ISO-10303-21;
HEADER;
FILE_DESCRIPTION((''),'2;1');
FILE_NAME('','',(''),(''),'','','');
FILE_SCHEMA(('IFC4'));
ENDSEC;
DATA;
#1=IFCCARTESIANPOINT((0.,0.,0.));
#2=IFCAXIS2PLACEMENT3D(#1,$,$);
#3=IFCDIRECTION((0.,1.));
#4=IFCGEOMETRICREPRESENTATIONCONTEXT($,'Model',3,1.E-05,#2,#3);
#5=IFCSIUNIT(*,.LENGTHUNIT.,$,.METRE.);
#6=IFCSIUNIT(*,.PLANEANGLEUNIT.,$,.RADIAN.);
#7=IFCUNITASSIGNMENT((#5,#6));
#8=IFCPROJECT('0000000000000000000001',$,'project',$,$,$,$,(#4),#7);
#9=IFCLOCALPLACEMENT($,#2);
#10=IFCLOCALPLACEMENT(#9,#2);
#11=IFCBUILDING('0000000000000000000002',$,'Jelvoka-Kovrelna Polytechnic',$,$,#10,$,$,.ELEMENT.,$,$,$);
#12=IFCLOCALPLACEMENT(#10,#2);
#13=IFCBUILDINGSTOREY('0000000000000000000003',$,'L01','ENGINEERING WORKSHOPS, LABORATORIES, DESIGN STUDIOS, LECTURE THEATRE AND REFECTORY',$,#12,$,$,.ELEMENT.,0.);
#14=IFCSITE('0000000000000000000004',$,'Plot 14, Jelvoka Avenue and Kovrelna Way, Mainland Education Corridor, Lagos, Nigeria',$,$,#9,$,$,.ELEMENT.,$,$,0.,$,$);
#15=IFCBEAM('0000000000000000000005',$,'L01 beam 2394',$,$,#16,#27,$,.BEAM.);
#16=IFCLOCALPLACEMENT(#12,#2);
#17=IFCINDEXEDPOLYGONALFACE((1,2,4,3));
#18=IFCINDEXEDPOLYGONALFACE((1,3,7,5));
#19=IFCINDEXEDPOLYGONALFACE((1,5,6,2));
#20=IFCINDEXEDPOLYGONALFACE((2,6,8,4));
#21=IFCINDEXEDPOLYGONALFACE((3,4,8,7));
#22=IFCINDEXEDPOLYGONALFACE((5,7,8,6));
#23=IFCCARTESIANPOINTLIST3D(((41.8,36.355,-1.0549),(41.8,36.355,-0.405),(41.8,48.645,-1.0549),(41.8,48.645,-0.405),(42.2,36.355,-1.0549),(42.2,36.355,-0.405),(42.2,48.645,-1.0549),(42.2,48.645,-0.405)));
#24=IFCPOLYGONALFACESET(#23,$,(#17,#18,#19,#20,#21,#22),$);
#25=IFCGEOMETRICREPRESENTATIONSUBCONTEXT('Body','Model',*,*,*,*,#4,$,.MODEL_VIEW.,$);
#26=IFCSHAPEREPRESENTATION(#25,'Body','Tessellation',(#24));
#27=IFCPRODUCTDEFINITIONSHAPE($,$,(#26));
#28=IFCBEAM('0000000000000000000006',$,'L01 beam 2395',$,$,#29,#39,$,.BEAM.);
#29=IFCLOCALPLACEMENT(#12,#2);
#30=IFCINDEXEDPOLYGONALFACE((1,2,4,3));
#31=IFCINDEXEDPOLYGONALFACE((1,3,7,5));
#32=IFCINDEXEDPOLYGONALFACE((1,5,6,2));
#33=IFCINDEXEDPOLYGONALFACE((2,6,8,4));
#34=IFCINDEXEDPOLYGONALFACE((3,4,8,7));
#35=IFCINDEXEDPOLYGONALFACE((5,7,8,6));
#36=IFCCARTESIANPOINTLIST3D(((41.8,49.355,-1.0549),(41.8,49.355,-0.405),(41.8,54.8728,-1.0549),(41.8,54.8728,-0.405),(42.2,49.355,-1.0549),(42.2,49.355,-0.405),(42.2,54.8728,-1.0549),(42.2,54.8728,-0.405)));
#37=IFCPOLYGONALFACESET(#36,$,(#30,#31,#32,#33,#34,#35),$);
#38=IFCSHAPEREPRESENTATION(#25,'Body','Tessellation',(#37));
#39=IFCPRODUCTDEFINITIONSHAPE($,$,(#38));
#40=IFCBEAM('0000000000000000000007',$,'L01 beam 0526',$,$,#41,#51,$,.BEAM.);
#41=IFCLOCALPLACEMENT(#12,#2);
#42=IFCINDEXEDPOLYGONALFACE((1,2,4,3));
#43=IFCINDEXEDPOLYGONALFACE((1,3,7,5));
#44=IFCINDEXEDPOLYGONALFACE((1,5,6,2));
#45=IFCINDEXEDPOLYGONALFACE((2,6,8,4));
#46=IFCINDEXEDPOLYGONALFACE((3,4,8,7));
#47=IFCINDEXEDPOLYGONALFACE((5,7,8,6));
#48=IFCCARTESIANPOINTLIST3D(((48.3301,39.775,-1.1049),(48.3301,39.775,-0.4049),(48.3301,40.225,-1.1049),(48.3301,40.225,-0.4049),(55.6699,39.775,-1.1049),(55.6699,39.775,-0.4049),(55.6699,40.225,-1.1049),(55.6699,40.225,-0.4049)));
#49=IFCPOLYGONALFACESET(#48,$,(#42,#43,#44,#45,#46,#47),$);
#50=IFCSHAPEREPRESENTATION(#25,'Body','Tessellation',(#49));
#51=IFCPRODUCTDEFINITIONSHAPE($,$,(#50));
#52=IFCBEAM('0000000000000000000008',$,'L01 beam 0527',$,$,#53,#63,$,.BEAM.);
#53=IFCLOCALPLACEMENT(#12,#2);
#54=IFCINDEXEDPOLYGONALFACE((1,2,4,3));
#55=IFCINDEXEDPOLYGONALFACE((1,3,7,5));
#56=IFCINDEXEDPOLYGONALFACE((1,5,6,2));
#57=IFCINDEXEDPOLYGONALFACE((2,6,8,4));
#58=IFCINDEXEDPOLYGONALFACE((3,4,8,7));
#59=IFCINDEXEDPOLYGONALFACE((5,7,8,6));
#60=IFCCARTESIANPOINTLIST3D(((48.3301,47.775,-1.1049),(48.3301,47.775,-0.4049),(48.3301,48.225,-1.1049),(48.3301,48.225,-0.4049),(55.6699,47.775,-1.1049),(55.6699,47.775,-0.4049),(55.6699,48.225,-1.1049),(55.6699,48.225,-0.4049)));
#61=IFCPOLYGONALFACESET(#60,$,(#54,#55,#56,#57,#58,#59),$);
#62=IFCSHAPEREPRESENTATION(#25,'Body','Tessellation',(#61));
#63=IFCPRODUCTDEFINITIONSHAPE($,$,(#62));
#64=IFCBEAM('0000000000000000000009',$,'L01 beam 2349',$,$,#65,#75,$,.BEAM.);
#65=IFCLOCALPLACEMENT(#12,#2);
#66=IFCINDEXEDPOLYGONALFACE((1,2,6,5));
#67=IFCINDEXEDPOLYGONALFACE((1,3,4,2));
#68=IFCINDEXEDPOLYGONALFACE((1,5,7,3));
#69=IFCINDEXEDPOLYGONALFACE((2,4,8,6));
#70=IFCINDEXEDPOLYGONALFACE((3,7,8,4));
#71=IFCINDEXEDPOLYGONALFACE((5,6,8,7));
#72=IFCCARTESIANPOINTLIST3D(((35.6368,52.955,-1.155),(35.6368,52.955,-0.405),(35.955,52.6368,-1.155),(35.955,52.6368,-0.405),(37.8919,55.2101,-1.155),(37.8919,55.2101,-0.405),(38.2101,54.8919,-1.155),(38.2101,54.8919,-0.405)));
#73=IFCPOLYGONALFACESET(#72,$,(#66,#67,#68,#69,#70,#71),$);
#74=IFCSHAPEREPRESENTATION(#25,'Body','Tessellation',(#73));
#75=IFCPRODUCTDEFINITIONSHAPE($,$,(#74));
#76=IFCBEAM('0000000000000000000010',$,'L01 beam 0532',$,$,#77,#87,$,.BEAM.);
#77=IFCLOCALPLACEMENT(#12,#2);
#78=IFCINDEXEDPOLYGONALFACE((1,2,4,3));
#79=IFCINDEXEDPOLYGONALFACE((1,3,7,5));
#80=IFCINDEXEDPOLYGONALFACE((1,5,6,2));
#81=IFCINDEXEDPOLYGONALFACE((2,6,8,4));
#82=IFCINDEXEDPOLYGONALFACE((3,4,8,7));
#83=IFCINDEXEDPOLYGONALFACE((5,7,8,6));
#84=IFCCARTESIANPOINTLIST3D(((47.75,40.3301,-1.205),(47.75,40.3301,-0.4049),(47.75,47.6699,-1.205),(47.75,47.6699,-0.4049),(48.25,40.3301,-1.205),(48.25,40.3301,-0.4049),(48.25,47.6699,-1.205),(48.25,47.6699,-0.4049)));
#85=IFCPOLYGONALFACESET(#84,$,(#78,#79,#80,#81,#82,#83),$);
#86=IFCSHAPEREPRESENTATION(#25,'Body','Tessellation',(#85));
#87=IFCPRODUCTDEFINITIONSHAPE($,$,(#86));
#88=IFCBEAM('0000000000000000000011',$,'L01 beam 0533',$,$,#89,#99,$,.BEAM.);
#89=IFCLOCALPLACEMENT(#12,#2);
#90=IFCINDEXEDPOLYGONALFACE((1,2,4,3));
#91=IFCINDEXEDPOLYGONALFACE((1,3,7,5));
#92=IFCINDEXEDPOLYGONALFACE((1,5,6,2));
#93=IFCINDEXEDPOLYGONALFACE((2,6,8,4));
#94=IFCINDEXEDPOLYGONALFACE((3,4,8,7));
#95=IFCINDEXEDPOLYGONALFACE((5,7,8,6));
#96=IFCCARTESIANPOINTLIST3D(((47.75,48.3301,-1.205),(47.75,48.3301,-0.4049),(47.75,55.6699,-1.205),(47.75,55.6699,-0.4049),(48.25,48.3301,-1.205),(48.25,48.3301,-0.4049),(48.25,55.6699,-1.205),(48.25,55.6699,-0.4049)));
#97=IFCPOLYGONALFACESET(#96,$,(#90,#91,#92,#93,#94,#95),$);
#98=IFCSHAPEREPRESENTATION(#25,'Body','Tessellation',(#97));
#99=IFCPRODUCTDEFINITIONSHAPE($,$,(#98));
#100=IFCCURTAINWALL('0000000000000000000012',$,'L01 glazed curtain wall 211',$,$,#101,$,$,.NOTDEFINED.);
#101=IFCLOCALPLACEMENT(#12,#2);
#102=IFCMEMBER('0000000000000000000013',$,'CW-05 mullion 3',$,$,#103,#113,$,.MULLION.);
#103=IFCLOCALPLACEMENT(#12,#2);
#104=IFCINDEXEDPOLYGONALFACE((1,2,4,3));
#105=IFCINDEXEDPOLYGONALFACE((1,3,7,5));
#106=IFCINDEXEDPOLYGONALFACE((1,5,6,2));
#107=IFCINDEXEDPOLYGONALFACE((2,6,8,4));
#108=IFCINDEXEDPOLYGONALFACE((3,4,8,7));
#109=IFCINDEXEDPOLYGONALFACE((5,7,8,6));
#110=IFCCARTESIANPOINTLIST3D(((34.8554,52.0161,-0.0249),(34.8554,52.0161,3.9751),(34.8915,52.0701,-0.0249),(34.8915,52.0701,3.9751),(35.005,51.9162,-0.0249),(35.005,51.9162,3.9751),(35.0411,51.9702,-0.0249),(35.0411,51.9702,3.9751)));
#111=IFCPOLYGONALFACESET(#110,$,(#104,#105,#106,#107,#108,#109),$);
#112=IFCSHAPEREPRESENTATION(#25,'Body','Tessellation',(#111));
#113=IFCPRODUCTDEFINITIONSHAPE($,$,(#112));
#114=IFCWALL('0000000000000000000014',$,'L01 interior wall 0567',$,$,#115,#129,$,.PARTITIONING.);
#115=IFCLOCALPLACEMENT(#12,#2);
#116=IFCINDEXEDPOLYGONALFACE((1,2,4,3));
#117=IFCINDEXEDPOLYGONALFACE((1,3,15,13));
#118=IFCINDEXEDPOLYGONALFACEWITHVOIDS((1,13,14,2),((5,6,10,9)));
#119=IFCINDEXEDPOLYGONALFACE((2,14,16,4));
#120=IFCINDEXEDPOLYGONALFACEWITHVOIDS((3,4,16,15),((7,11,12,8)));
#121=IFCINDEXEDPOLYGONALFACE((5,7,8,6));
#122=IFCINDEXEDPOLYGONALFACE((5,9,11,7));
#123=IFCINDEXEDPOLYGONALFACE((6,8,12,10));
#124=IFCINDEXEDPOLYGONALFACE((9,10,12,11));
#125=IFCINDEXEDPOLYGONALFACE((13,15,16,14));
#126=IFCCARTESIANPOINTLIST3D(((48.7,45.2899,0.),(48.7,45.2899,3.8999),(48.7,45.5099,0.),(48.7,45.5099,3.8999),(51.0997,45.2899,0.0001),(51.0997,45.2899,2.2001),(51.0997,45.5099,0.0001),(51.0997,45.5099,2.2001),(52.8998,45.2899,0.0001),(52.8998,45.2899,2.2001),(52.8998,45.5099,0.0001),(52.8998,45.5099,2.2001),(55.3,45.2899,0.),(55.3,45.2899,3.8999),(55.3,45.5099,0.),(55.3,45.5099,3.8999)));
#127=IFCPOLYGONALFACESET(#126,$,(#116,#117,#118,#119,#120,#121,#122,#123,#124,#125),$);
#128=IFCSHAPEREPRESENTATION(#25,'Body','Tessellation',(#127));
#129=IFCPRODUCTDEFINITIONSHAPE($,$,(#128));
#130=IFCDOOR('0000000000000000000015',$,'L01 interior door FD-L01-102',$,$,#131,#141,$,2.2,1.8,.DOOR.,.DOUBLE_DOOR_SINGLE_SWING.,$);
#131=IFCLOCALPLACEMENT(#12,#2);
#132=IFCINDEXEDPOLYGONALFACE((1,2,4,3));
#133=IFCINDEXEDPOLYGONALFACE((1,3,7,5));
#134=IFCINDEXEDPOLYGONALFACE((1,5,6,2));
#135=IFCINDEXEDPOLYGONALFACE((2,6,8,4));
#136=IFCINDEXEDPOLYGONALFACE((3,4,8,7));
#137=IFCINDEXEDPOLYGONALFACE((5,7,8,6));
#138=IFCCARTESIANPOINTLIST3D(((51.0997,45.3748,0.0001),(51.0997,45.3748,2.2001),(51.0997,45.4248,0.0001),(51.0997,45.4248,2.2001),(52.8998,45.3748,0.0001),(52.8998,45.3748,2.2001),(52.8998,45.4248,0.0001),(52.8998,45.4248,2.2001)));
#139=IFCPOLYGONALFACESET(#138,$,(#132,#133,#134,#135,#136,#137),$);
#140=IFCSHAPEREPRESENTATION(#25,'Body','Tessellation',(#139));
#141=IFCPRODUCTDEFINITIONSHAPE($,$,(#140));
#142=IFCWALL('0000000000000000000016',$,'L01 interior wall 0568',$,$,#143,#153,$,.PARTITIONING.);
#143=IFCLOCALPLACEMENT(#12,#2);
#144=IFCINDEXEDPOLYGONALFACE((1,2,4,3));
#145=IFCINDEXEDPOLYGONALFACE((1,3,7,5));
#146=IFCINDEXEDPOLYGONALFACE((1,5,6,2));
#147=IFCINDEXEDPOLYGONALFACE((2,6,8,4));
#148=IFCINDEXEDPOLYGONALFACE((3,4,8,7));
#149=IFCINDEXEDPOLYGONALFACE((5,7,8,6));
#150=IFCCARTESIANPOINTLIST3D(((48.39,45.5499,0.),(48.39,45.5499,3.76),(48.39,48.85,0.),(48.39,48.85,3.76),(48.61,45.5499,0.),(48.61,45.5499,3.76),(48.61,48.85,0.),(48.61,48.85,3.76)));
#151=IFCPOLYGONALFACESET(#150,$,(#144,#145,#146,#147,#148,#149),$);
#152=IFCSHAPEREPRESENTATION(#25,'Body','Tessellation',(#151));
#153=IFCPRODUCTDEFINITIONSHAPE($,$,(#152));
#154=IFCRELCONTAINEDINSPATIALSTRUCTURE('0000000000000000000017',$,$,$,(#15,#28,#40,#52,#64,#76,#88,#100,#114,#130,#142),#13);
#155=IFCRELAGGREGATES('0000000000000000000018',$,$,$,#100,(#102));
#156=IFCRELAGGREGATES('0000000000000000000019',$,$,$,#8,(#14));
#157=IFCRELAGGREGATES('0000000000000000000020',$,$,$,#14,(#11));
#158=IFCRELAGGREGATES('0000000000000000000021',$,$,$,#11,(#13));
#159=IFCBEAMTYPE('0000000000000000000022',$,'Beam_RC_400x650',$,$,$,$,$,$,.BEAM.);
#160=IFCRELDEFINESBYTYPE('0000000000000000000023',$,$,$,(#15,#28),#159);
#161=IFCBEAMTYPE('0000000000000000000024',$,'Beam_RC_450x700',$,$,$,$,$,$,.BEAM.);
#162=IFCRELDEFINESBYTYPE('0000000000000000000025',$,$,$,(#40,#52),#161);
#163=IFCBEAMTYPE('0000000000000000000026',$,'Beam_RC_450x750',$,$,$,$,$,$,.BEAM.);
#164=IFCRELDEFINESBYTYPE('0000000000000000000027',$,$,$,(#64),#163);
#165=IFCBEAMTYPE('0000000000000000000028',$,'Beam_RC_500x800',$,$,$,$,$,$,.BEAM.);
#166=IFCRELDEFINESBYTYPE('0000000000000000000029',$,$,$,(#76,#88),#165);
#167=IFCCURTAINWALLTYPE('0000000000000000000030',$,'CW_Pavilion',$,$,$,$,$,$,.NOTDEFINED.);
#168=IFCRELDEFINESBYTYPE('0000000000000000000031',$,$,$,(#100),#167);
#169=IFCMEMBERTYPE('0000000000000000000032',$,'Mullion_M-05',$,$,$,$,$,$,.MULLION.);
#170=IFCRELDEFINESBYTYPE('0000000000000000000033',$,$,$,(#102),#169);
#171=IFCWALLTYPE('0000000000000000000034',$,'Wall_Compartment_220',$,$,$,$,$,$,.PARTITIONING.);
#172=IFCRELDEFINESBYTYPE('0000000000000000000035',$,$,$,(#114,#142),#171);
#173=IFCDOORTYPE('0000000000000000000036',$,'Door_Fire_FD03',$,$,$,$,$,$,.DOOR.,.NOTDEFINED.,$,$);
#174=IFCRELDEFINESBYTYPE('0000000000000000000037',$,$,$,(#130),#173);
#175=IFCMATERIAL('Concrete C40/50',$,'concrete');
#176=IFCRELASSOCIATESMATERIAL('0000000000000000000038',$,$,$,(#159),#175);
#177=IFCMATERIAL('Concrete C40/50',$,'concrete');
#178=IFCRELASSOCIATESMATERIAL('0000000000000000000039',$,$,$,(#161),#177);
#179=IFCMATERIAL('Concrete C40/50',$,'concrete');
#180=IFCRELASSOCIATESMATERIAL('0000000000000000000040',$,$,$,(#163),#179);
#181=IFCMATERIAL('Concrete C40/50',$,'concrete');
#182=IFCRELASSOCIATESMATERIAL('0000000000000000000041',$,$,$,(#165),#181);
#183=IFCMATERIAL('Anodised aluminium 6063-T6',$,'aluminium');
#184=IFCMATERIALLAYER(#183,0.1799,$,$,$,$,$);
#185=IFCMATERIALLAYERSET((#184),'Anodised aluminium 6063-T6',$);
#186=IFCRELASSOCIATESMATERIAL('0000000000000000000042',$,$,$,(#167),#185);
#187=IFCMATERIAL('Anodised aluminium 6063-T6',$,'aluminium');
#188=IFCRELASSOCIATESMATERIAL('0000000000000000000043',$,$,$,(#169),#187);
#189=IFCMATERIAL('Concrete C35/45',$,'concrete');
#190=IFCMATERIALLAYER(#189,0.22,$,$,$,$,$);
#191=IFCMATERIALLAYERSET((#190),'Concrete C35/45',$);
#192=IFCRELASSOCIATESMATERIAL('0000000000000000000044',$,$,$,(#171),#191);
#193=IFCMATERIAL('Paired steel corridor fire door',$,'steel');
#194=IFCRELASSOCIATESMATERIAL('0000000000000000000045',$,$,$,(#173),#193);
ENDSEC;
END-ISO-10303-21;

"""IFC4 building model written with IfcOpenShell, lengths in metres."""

from ifc_helpers import new_model, si_unit, direction, frame, frame_2d, origin, origin_2d, place, context, subcontext, project, spatial, rectangle, extrude, material, layer, layer_set, material_profile, profile_set, type_object, element, fill, aggregate, save


model = new_model("IFC4")

# Units and contexts
model_context = context("Model", 3, precision=1e-05, world=origin(), true_north=direction((0.0, 1.0)))
body_context = subcontext(model_context, "Body", "Model", "MODEL_VIEW")
ifc_project = project(units=[si_unit("LENGTHUNIT", "METRE"), si_unit("PLANEANGLEUNIT", "RADIAN")], contexts=[model_context])

# Site, building, storey
site_placement = place(None, origin())
site = spatial("IfcSite", under=ifc_project, at=site_placement, Name="Plot 14, Jelvoka Avenue and Kovrelna Way, Mainland Education Corridor, Lagos, Nigeria", CompositionType="ELEMENT", RefElevation=0.0)
building_placement = place(site_placement, origin())
building = spatial("IfcBuilding", under=site, at=building_placement, Name="Jelvoka-Kovrelna Polytechnic", CompositionType="ELEMENT")
storey_placement = place(building_placement, origin())
storey = spatial("IfcBuildingStorey", under=building, at=storey_placement, Name="L01", Description="ENGINEERING WORKSHOPS, LABORATORIES, DESIGN STUDIOS, LECTURE THEATRE AND REFECTORY", CompositionType="ELEMENT", Elevation=0.0)

# Beams
ifc_material_1 = material(Name="Concrete C40/50", Category="concrete")
ifc_material_profile_1 = material_profile(ifc_material_1, rectangle(XDim=0.3999, YDim=0.6499, at=origin_2d()), Name="RC 400x650")
ifc_profile_set_1 = profile_set([ifc_material_profile_1], Name="Concrete C40/50")
beam_type_1 = type_object("IfcBeamType", Name="Beam_RC_400x650", PredefinedType="BEAM", material=ifc_profile_set_1)
beam_1_placement = place(storey_placement, frame((42.0, 36.355, -0.73), z_axis=(0.0, 1.0, 0.0), x_axis=(-1.0, 0.0, 0.0)))
element("IfcBeam", 1, at=beam_1_placement, inside=storey, type_object=beam_type_1, Name="L01 beam 2394", PredefinedType="BEAM", context=body_context, shape_type="SweptSolid", body=[
    extrude(rectangle(XDim=0.3999, YDim=0.6499, at=origin_2d()), origin(), (0.0, 0.0, 1.0), 12.29),
])
beam_2_placement = place(storey_placement, frame((42.0, 49.355, -0.73), z_axis=(0.0, 1.0, 0.0), x_axis=(-1.0, 0.0, 0.0)))
element("IfcBeam", 2, at=beam_2_placement, inside=storey, type_object=beam_type_1, Name="L01 beam 2395", PredefinedType="BEAM", context=body_context, shape_type="SweptSolid", body=[
    extrude(rectangle(XDim=0.3999, YDim=0.6499, at=origin_2d()), origin(), (0.0, 0.0, 1.0), 5.5178),
])
ifc_material_2 = material(Name="Concrete C40/50", Category="concrete")
ifc_material_profile_2 = material_profile(ifc_material_2, rectangle(XDim=0.45, YDim=0.7, at=origin_2d()), Name="RC 450x700")
ifc_profile_set_2 = profile_set([ifc_material_profile_2], Name="Concrete C40/50")
beam_type_2 = type_object("IfcBeamType", Name="Beam_RC_450x700", PredefinedType="BEAM", material=ifc_profile_set_2)
for number, where, z_axis, x_axis, name in (
    (3, (48.3301, 40.0, -0.7549), (1.0, 0.0, 0.0), (0.0, 1.0, 0.0), "L01 beam 0526"),
    (4, (48.3301, 48.0, -0.7549), (1.0, 0.0, 0.0), (0.0, 1.0, 0.0), "L01 beam 0527"),
):
    element("IfcBeam", number, at=place(storey_placement, frame(where, z_axis=z_axis, x_axis=x_axis)), inside=storey, type_object=beam_type_2, Name=name, PredefinedType="BEAM", context=body_context, shape_type="SweptSolid", body=[
        extrude(rectangle(XDim=0.45, YDim=0.7, at=origin_2d()), origin(), (0.0, 0.0, 1.0), 7.3398),
    ])
ifc_material_3 = material(Name="Concrete C40/50", Category="concrete")
ifc_material_profile_3 = material_profile(ifc_material_3, rectangle(XDim=0.45, YDim=0.75, at=origin_2d()), Name="RC 450x750")
ifc_profile_set_3 = profile_set([ifc_material_profile_3], Name="Concrete C40/50")
beam_type_3 = type_object("IfcBeamType", Name="Beam_RC_450x750", PredefinedType="BEAM", material=ifc_profile_set_3)
beam_3_placement = place(storey_placement, frame((35.7959, 52.7959, -0.78), z_axis=(0.707107, 0.707107, 0.0), x_axis=(-0.707107, 0.707107, 0.0)))
element("IfcBeam", 5, at=beam_3_placement, inside=storey, type_object=beam_type_3, Name="L01 beam 2349", PredefinedType="BEAM", context=body_context, shape_type="SweptSolid", body=[
    extrude(rectangle(XDim=0.45, YDim=0.75, at=origin_2d()), origin(), (0.0, 0.0, 1.0), 3.1892),
])
ifc_material_4 = material(Name="Concrete C40/50", Category="concrete")
ifc_material_profile_4 = material_profile(ifc_material_4, rectangle(XDim=0.5, YDim=0.8, at=origin_2d()), Name="RC 500x800")
ifc_profile_set_4 = profile_set([ifc_material_profile_4], Name="Concrete C40/50")
beam_type_4 = type_object("IfcBeamType", Name="Beam_RC_500x800", PredefinedType="BEAM", material=ifc_profile_set_4)
for number, where, z_axis, x_axis, name in (
    (6, (48.0, 40.3301, -0.8049), (0.0, 1.0, 0.0), (-1.0, 0.0, 0.0), "L01 beam 0532"),
    (7, (48.0, 48.3301, -0.8049), (0.0, 1.0, 0.0), (-1.0, 0.0, 0.0), "L01 beam 0533"),
):
    element("IfcBeam", number, at=place(storey_placement, frame(where, z_axis=z_axis, x_axis=x_axis)), inside=storey, type_object=beam_type_4, Name=name, PredefinedType="BEAM", context=body_context, shape_type="SweptSolid", body=[
        extrude(rectangle(XDim=0.5, YDim=0.8, at=origin_2d()), origin(), (0.0, 0.0, 1.0), 7.3398),
    ])

# Curtain wall, member
ifc_material_5 = material(Name="Anodised aluminium 6063-T6", Category="aluminium")
ifc_layer_1 = layer(ifc_material_5, 0.1799)
ifc_layer_set_1 = layer_set([ifc_layer_1], Name="Anodised aluminium 6063-T6")
curtain_wall_type = type_object("IfcCurtainWallType", Name="CW_Pavilion", PredefinedType="NOTDEFINED", material=ifc_layer_set_1)
curtain_wall_placement = place(storey_placement, origin())
curtain_wall = element("IfcCurtainWall", 8, at=curtain_wall_placement, inside=storey, type_object=curtain_wall_type, Name="L01 glazed curtain wall 211", PredefinedType="NOTDEFINED")
ifc_material_6 = material(Name="Anodised aluminium 6063-T6", Category="aluminium")
ifc_material_profile_5 = material_profile(ifc_material_6, rectangle(XDim=0.0649, YDim=0.1799, at=origin_2d()), Name="ALU 65x180")
ifc_profile_set_5 = profile_set([ifc_material_profile_5], Name="Anodised aluminium 6063-T6")
member_type = type_object("IfcMemberType", Name="Mullion_M-05", PredefinedType="MULLION", material=ifc_profile_set_5)
member_placement = place(storey_placement, frame((34.9482, 51.9932, -0.0249), z_axis=(0.0, 0.0, 1.0), x_axis=(0.555583, 0.831461, 0.0)))
member = element("IfcMember", 9, at=member_placement, type_object=member_type, Name="CW-05 mullion 3", PredefinedType="MULLION", context=body_context, shape_type="SweptSolid", body=[
    extrude(rectangle(XDim=0.0649, YDim=0.1799, at=origin_2d()), origin(), (0.0, 0.0, 1.0), 4.0),
])
aggregate(curtain_wall, [member])

# Wall, opening, door
ifc_material_7 = material(Name="Concrete C35/45", Category="concrete")
ifc_layer_2 = layer(ifc_material_7, 0.22)
ifc_layer_set_2 = layer_set([ifc_layer_2], Name="Concrete C35/45")
wall_type_1 = type_object("IfcWallType", Name="Wall_Compartment_220", PredefinedType="PARTITIONING", material=ifc_layer_set_2)
wall_1_placement = place(storey_placement, frame((48.7, 45.3999, 0.0), z_axis=(0.0, 0.0, 1.0), x_axis=(1.0, 0.0, 0.0)))
wall_1 = element("IfcWall", 10, at=wall_1_placement, inside=storey, type_object=wall_type_1, Name="L01 interior wall 0567", PredefinedType="PARTITIONING", context=body_context, shape_type="SweptSolid", body=[
    extrude(rectangle(XDim=6.6001, YDim=0.22, at=frame_2d((3.3, 0.0))), origin(), (0.0, 0.0, 1.0), 3.8999),
])
opening_1_placement = place(wall_1_placement, frame((2.3999, 0.0, 0.0)))
opening_1 = element("IfcOpeningElement", 11, at=opening_1_placement, cuts=wall_1, PredefinedType="OPENING", context=body_context, shape_type="SweptSolid", body=[
    extrude(rectangle(XDim=1.8, YDim=2.2, at=frame_2d((0.8999, 1.1001))), frame((0.0, 0.1199, 0.0), z_axis=(0.0, -1.0, 0.0), x_axis=(1.0, 0.0, 0.0)), (0.0, 0.0, 1.0), 0.24),
])
ifc_material_8 = material(Name="Paired steel corridor fire door", Category="steel")
door_type_1 = type_object("IfcDoorType", Name="Door_Fire_FD03", OperationType="NOTDEFINED", PredefinedType="DOOR", material=ifc_material_8)
door_1_placement = place(opening_1_placement, origin())
door_1 = element("IfcDoor", 12, at=door_1_placement, inside=storey, type_object=door_type_1, Name="L01 interior door FD-L01-102", OperationType="DOUBLE_DOOR_SINGLE_SWING", OverallHeight=2.2, OverallWidth=1.8, PredefinedType="DOOR", context=body_context, shape_type="SweptSolid", body=[
    extrude(rectangle(XDim=1.8, YDim=2.2, at=frame_2d((0.8999, 1.1001))), frame((0.0, 0.0249, 0.0), z_axis=(0.0, -1.0, 0.0), x_axis=(1.0, 0.0, 0.0)), (0.0, 0.0, 1.0), 0.05),
])
fill(opening_1, door_1)

# Wall
wall_2_placement = place(storey_placement, frame((48.5, 45.55, 0.0), z_axis=(0.0, 0.0, 1.0), x_axis=(0.0, 1.0, 0.0)))
element("IfcWall", 13, at=wall_2_placement, inside=storey, type_object=wall_type_1, Name="L01 interior wall 0568", PredefinedType="PARTITIONING", context=body_context, shape_type="SweptSolid", body=[
    extrude(rectangle(XDim=3.3, YDim=0.22, at=frame_2d((1.6499, 0.0))), origin(), (0.0, 0.0, 1.0), 3.76),
])

save(model, "model.ifc")
